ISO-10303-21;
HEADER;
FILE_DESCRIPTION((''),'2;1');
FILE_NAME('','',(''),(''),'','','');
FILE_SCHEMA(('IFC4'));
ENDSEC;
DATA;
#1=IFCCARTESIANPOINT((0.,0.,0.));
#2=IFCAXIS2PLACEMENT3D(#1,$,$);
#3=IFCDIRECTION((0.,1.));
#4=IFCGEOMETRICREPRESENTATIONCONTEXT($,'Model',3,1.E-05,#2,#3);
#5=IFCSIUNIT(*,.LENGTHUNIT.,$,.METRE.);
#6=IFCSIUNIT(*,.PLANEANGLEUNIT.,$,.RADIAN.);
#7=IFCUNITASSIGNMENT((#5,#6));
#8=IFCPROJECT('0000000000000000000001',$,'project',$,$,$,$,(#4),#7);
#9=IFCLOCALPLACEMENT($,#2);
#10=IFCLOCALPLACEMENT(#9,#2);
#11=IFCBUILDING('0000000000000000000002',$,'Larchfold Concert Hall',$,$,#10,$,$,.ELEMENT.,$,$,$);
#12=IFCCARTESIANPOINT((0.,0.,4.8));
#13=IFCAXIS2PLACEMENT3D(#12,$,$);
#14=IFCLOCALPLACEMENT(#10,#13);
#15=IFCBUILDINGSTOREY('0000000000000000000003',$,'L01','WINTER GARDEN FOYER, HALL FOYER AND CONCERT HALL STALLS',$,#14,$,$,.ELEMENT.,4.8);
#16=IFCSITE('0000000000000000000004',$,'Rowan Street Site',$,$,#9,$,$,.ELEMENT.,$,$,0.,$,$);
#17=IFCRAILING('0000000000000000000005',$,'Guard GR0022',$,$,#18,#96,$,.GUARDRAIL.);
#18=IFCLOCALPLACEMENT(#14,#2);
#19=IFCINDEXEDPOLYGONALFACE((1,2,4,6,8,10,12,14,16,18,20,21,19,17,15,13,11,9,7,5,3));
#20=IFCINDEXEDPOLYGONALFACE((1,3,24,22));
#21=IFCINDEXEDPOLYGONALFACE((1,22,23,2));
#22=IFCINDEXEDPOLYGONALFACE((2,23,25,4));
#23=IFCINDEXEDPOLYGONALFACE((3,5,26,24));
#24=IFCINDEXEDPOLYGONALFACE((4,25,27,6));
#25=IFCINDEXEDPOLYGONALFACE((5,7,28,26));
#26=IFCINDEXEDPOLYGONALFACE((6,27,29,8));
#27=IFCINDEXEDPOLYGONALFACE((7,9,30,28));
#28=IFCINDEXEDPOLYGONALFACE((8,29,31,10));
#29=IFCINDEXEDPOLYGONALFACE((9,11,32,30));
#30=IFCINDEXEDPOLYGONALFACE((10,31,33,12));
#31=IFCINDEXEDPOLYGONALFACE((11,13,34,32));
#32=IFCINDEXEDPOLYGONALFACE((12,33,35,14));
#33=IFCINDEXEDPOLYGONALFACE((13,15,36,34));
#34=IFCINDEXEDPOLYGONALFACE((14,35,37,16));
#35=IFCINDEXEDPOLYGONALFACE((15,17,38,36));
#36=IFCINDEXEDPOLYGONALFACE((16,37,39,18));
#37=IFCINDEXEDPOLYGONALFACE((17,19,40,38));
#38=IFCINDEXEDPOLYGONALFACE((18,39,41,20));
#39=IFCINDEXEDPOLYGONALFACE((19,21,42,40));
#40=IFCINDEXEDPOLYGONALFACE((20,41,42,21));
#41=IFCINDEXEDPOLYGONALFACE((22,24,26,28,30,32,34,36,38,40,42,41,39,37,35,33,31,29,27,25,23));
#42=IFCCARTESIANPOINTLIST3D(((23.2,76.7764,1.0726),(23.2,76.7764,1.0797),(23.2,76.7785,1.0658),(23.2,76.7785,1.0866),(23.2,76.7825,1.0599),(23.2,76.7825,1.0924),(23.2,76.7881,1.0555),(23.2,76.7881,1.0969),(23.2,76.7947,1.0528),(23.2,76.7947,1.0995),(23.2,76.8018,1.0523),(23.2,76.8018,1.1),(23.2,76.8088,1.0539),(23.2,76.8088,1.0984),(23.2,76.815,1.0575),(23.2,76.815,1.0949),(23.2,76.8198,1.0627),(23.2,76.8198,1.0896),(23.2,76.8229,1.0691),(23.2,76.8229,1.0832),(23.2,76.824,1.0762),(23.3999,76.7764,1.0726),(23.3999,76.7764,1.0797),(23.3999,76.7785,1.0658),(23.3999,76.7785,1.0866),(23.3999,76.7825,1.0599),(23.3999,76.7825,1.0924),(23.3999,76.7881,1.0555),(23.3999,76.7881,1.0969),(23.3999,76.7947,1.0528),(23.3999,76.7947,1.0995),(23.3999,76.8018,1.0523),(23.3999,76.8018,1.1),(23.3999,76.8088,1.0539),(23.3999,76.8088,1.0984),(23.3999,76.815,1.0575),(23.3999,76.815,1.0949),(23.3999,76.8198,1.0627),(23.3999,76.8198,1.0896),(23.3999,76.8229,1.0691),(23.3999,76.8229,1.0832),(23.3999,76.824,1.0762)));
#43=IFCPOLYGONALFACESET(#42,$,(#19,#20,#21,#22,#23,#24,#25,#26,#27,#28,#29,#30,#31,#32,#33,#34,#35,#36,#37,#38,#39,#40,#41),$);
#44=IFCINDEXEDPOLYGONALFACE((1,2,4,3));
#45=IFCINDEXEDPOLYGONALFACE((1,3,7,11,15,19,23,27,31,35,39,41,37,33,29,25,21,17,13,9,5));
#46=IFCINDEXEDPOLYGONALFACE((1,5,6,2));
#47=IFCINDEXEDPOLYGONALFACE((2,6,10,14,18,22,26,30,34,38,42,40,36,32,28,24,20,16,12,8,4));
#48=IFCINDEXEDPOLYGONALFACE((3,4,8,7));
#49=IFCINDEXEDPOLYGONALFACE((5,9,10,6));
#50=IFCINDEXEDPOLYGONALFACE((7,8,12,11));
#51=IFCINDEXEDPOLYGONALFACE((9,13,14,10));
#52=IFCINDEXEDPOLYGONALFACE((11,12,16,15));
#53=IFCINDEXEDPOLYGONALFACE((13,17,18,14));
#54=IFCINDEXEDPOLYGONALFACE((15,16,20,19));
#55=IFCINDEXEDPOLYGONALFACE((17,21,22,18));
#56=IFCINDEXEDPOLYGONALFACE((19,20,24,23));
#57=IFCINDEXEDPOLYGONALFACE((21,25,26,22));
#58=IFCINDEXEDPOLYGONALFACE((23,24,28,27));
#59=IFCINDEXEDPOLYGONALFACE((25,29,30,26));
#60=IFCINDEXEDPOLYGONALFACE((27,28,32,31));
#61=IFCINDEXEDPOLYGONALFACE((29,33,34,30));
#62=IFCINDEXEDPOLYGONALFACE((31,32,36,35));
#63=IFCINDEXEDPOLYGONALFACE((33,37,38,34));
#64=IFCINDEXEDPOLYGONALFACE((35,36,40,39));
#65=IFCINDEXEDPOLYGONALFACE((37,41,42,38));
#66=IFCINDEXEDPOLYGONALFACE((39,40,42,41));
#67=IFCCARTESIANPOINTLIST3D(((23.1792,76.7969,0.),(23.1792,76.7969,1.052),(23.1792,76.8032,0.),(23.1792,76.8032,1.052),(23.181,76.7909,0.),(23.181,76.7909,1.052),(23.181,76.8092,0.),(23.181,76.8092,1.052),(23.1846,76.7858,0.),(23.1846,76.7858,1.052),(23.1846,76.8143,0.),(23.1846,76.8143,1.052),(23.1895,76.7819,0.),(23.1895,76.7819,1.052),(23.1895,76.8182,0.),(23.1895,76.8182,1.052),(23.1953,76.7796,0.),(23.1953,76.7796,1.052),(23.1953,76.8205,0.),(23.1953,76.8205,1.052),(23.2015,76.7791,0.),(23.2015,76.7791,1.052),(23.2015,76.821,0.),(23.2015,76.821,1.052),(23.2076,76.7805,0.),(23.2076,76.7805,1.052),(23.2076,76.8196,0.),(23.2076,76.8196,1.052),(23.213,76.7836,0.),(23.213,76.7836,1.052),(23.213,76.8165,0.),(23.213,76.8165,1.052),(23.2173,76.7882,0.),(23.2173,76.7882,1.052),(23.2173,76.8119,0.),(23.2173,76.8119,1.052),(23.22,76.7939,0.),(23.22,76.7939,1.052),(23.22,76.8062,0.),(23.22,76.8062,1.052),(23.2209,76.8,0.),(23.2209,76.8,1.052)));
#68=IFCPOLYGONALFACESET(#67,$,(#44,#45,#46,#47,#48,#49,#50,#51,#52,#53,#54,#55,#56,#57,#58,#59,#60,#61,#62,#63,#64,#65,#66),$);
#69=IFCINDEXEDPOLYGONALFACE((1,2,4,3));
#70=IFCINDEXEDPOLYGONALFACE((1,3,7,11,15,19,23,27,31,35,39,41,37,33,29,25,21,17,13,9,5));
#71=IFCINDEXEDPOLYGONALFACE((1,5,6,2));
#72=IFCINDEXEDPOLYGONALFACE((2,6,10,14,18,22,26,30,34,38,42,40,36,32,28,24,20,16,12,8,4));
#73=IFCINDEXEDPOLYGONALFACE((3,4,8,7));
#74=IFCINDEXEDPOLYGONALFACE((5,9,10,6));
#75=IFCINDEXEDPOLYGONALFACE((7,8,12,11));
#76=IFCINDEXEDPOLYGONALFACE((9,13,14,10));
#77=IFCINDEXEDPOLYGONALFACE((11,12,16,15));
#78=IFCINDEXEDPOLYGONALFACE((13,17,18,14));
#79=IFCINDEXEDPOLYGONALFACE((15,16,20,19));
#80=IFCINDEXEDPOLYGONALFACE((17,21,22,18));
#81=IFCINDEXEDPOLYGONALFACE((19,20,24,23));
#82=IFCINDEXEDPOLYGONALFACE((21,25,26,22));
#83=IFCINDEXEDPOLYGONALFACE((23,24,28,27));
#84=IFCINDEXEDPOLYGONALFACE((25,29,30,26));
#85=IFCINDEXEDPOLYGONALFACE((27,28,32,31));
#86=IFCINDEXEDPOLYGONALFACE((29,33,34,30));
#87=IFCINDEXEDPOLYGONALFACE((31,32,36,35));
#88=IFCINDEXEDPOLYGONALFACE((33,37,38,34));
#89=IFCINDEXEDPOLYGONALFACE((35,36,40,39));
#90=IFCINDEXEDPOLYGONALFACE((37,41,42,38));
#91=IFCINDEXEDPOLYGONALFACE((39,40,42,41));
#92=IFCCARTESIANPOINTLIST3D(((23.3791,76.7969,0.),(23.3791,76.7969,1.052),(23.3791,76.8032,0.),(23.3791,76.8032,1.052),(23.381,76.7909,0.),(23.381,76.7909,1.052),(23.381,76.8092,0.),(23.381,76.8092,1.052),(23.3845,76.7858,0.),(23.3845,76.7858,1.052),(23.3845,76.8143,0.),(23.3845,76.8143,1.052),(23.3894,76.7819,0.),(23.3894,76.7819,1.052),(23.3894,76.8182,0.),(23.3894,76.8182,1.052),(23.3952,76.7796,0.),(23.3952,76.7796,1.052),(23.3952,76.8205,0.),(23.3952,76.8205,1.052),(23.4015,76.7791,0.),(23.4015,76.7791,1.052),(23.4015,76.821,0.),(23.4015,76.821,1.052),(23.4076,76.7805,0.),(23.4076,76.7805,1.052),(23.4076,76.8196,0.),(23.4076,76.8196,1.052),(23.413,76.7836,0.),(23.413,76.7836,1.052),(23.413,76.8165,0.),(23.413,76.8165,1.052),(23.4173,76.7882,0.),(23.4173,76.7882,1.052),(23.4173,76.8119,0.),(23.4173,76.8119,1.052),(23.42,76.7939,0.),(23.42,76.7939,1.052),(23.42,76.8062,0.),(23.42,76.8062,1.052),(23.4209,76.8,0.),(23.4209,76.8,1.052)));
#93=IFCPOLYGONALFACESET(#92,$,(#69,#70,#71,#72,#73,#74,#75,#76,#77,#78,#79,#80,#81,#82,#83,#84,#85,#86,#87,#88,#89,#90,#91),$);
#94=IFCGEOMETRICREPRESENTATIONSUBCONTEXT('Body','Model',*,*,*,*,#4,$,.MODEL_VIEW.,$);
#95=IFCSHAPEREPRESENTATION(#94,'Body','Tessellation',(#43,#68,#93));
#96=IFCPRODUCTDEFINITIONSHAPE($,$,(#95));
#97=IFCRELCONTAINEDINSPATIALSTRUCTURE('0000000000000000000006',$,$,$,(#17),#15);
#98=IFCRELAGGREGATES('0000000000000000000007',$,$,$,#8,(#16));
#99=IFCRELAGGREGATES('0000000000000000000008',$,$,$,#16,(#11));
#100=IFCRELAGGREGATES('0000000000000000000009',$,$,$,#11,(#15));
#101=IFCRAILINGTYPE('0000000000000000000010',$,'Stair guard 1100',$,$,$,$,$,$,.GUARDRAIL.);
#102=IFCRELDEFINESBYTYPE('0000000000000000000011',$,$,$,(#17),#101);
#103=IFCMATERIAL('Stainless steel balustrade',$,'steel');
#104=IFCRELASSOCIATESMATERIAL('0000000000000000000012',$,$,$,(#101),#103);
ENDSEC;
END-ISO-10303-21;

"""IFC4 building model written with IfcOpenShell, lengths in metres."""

from ifc_helpers import new_model, si_unit, direction, frame, origin, origin_2d, place, context, subcontext, project, spatial, circle, extrude, material, type_object, element, save


model = new_model("IFC4")

# Units and contexts
model_context = context("Model", 3, precision=1e-05, world=origin(), true_north=direction((0.0, 1.0)))
body_context = subcontext(model_context, "Body", "Model", "MODEL_VIEW")
ifc_project = project(units=[si_unit("LENGTHUNIT", "METRE"), si_unit("PLANEANGLEUNIT", "RADIAN")], contexts=[model_context])

# Site, building, storey
site_placement = place(None, origin())
site = spatial("IfcSite", under=ifc_project, at=site_placement, Name="Rowan Street Site", CompositionType="ELEMENT", RefElevation=0.0)
building_placement = place(site_placement, origin())
building = spatial("IfcBuilding", under=site, at=building_placement, Name="Larchfold Concert Hall", CompositionType="ELEMENT")
storey_placement = place(building_placement, frame((0.0, 0.0, 4.8)))
storey = spatial("IfcBuildingStorey", under=building, at=storey_placement, Name="L01", Description="WINTER GARDEN FOYER, HALL FOYER AND CONCERT HALL STALLS", CompositionType="ELEMENT", Elevation=4.8)

# Railing
ifc_material_1 = material(Name="Stainless steel balustrade", Category="steel")
railing_type_1 = type_object("IfcRailingType", Name="Stair guard 1100", PredefinedType="GUARDRAIL", material=ifc_material_1)
railing_1_placement = place(storey_placement, frame((23.2, 76.8, 0.0)))
element("IfcRailing", 1, at=railing_1_placement, inside=storey, type_object=railing_type_1, Name="Guard GR0022", PredefinedType="GUARDRAIL", context=body_context, shape_type="SweptSolid", body=[
    extrude(circle(Radius=0.0239, at=origin_2d()), frame((0.0, 0.0, 1.0762), z_axis=(1.0, 0.0, 0.0), x_axis=(0.0, 1.0, 0.0)), (0.0, 0.0, 1.0), 0.2),
    extrude(circle(Radius=0.021, at=origin_2d()), origin(), (0.0, 0.0, 1.0), 1.052),
    extrude(circle(Radius=0.021, at=origin_2d()), frame((0.2, 0.0, 0.0)), (0.0, 0.0, 1.0), 1.052),
])

save(model, "model.ifc")
